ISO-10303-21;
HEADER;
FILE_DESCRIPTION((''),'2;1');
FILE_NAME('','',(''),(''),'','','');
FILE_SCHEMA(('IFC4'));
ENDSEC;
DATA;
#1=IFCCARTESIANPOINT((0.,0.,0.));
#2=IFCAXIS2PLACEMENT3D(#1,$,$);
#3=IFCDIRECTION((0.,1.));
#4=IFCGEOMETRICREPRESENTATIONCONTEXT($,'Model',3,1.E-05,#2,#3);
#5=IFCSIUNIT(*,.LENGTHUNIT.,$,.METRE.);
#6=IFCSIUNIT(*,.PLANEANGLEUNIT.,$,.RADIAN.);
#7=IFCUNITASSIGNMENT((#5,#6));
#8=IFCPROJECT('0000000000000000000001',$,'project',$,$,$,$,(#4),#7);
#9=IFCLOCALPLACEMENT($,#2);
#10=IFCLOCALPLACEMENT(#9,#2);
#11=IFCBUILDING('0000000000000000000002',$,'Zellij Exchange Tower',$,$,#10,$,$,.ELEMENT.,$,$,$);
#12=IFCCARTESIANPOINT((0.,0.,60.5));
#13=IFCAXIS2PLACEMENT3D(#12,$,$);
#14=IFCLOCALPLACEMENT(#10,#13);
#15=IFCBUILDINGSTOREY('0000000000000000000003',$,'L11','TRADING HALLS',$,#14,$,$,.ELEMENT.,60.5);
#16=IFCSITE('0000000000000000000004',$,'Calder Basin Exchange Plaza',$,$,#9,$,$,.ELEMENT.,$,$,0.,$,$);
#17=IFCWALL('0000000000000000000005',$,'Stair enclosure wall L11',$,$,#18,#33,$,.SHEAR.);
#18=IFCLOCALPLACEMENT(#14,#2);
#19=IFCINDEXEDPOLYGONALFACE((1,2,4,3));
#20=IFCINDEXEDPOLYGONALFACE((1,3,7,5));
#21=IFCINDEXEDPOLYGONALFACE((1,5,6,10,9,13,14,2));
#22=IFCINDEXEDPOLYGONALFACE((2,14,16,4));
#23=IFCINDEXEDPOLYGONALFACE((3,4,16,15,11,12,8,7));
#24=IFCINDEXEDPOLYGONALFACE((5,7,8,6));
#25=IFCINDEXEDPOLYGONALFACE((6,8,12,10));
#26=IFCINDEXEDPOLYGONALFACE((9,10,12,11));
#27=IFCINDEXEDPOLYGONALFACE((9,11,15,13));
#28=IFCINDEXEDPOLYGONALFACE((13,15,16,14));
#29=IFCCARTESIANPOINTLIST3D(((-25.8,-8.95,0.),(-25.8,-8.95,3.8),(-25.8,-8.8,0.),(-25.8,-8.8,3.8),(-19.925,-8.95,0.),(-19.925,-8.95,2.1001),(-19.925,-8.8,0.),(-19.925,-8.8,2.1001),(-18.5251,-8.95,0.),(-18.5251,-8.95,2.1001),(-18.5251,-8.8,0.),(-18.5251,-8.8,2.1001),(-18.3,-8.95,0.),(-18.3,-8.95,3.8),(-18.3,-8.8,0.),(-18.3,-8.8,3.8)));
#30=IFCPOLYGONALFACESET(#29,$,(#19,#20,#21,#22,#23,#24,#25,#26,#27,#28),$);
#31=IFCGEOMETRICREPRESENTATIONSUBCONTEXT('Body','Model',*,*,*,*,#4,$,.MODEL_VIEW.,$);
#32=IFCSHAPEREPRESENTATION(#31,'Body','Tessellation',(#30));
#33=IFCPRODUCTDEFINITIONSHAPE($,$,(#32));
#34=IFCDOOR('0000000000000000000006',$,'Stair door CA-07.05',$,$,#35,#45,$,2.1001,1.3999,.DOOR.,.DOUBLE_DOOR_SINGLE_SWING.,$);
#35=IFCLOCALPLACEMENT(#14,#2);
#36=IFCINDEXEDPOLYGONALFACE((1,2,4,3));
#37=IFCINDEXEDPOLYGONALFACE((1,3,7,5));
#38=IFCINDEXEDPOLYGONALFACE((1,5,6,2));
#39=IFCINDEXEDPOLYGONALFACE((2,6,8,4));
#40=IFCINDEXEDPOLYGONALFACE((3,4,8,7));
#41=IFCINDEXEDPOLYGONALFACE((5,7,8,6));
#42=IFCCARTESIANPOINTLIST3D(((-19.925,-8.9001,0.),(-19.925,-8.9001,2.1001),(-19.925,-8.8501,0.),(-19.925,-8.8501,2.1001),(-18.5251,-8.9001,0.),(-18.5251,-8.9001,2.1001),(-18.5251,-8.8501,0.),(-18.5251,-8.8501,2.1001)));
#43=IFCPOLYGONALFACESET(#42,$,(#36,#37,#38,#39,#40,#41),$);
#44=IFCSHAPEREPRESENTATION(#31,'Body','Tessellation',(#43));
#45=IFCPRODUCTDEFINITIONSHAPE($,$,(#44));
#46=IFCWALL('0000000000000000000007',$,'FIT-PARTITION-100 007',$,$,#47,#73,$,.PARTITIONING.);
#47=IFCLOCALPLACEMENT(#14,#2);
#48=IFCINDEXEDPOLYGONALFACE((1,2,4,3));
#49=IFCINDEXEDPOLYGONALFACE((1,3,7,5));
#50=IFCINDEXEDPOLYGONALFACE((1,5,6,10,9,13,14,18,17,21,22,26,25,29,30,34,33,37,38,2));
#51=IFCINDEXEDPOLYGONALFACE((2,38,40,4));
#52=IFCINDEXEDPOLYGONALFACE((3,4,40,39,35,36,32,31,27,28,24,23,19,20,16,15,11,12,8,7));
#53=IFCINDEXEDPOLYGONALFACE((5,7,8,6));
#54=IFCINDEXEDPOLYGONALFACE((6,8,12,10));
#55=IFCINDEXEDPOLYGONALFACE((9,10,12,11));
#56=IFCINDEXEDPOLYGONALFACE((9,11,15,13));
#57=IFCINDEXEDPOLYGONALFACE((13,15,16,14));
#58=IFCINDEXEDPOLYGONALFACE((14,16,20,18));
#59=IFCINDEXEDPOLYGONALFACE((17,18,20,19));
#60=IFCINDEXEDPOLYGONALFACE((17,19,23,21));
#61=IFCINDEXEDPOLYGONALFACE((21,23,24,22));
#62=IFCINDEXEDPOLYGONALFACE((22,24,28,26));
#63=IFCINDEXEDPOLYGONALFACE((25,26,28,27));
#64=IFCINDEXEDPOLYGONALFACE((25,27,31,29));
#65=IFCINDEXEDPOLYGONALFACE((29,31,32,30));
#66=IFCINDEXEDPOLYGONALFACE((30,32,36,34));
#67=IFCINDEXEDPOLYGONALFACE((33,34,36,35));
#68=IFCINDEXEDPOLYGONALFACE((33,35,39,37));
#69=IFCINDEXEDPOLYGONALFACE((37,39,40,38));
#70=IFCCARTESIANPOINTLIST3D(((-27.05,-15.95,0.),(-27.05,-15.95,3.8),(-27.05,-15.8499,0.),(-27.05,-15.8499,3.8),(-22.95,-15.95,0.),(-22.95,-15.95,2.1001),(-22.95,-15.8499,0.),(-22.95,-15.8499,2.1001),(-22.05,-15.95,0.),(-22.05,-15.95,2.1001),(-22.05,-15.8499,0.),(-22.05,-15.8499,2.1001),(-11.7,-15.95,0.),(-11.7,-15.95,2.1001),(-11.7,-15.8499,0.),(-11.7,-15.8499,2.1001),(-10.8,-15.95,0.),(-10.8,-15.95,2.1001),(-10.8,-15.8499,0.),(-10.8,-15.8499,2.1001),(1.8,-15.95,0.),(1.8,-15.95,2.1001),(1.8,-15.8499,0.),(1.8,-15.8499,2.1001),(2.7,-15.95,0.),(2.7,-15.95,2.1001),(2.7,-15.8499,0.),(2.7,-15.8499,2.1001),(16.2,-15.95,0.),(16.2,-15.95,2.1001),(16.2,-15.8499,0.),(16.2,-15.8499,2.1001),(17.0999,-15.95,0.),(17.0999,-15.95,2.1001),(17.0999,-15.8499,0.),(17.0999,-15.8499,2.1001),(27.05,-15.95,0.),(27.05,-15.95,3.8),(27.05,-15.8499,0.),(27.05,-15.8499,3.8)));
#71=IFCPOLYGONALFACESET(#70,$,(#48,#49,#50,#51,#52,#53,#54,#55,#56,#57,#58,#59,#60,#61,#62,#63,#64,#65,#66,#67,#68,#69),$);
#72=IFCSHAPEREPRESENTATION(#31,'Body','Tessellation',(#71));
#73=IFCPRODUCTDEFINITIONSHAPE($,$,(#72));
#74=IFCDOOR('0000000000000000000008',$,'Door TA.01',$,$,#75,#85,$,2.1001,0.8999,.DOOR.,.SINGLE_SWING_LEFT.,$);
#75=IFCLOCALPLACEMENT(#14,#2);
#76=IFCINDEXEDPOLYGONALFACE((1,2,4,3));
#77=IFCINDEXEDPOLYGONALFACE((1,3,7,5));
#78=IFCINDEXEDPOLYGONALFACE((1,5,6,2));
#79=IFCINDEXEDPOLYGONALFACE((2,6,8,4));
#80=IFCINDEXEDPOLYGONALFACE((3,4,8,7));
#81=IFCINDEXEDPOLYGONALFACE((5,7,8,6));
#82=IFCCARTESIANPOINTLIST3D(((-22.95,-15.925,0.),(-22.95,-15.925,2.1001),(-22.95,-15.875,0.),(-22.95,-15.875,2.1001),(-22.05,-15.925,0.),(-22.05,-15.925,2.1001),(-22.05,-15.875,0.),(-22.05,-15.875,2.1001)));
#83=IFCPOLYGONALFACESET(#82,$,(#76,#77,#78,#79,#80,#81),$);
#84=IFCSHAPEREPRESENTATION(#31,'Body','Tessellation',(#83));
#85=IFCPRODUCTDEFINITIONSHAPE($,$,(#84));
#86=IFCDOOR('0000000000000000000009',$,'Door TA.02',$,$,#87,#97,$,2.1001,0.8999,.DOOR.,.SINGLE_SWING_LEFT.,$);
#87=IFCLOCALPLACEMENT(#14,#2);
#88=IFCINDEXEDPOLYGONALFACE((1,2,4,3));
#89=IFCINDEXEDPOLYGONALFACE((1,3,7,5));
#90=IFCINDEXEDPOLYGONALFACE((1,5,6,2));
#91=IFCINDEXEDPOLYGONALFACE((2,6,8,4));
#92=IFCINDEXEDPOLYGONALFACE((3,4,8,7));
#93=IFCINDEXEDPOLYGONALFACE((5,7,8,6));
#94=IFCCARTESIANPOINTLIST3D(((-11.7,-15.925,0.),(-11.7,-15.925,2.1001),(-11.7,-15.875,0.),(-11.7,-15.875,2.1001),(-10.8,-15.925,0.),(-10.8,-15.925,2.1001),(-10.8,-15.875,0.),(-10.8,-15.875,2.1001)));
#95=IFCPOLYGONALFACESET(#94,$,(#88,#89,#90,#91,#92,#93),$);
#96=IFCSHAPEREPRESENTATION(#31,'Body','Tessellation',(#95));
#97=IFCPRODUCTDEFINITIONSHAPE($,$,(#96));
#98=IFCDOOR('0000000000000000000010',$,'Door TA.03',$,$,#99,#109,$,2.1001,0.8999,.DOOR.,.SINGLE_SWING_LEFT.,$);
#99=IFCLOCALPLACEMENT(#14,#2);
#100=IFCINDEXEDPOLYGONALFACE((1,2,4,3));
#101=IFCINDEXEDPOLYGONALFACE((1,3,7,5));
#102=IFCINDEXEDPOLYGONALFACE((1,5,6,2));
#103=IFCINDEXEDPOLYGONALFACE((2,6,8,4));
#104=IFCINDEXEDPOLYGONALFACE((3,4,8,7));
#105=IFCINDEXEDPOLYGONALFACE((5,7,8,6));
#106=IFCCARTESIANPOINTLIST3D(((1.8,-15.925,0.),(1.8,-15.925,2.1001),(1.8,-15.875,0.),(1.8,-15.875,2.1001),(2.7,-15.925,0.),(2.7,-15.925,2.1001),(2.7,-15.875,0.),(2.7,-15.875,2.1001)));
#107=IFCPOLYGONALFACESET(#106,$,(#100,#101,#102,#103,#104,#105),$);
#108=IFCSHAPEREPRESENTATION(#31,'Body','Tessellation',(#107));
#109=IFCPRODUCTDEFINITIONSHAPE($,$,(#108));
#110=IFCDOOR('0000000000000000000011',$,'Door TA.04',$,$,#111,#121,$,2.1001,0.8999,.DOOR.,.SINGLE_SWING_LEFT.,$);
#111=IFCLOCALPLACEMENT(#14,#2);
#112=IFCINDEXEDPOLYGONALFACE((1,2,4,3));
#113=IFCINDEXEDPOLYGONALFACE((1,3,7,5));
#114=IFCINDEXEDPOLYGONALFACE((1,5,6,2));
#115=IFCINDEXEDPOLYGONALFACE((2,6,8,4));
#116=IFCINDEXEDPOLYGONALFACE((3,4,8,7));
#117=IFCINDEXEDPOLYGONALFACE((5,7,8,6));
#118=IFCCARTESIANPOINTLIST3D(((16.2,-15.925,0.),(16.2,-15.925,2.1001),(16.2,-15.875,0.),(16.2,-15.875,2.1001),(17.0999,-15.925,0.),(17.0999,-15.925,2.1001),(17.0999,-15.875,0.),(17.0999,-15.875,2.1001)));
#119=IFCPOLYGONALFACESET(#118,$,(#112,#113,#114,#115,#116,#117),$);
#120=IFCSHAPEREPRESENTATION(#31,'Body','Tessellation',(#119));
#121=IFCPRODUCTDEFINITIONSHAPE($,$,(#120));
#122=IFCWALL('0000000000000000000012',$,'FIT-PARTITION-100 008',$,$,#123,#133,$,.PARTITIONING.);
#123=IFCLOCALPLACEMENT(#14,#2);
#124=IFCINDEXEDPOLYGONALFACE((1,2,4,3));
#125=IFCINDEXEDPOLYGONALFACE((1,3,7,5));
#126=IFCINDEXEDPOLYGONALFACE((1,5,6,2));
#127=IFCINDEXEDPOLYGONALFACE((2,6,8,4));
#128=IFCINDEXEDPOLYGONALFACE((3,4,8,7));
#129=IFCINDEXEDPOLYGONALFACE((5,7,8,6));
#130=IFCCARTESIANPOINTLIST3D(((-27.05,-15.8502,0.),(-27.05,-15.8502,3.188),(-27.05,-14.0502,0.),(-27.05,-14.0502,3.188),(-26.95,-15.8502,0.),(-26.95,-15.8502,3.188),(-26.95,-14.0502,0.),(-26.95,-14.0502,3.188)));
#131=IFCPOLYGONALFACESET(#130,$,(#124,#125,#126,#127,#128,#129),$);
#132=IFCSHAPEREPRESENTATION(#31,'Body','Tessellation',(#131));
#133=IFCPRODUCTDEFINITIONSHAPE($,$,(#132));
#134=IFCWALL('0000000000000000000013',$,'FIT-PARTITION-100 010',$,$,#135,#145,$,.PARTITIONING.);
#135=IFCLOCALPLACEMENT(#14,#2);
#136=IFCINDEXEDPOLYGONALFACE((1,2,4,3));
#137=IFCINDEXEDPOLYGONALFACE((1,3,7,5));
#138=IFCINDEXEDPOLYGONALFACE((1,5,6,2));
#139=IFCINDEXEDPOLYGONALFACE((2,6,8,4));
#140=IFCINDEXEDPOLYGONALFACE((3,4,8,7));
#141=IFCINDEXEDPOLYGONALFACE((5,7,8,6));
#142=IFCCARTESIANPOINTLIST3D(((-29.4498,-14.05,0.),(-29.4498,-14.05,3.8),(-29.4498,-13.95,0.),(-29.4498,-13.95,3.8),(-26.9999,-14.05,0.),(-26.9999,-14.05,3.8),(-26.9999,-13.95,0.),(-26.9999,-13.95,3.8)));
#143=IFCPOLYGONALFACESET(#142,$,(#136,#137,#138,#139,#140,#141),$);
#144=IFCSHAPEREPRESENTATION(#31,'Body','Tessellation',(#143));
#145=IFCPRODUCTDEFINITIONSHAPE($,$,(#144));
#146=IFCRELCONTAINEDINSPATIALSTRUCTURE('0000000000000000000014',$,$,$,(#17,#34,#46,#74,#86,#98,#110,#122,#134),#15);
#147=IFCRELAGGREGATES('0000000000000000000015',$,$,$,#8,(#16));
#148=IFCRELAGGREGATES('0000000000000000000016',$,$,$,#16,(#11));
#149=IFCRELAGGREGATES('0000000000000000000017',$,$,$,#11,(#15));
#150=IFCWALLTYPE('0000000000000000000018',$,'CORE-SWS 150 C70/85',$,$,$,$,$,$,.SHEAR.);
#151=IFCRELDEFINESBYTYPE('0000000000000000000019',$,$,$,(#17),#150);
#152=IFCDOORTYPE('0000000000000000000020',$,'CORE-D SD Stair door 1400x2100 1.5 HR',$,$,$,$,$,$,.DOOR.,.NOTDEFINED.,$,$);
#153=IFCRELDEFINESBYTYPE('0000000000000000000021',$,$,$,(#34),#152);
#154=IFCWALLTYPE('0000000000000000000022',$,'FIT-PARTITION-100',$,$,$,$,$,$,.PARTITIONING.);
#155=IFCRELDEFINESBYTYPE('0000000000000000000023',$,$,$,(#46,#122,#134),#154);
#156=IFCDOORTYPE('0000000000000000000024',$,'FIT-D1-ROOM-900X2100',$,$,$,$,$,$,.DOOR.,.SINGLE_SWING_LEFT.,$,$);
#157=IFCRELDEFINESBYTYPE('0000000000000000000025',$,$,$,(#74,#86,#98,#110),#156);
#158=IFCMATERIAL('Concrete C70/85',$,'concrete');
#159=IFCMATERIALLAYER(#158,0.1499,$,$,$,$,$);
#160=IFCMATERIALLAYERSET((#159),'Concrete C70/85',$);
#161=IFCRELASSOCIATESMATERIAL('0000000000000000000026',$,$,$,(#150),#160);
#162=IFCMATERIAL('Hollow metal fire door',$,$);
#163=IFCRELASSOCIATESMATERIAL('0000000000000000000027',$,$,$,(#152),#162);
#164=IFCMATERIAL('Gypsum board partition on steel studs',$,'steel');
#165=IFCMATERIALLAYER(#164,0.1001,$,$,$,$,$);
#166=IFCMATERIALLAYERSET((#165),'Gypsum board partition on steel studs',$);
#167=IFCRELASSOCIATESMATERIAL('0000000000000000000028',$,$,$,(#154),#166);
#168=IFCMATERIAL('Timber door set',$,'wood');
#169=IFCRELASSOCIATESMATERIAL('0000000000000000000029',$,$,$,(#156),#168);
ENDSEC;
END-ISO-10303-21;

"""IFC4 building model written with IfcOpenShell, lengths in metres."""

from ifc_helpers import new_model, si_unit, direction, frame, frame_2d, origin, place, context, subcontext, project, spatial, rectangle, extrude, material, layer, layer_set, type_object, element, fill, save


model = new_model("IFC4")

# Units and contexts
model_context = context("Model", 3, precision=1e-05, world=origin(), true_north=direction((0.0, 1.0)))
body_context = subcontext(model_context, "Body", "Model", "MODEL_VIEW")
ifc_project = project(units=[si_unit("LENGTHUNIT", "METRE"), si_unit("PLANEANGLEUNIT", "RADIAN")], contexts=[model_context])

# Site, building, storey
site_placement = place(None, origin())
site = spatial("IfcSite", under=ifc_project, at=site_placement, Name="Calder Basin Exchange Plaza", CompositionType="ELEMENT", RefElevation=0.0)
building_placement = place(site_placement, origin())
building = spatial("IfcBuilding", under=site, at=building_placement, Name="Zellij Exchange Tower", CompositionType="ELEMENT")
storey_placement = place(building_placement, frame((0.0, 0.0, 60.5)))
storey = spatial("IfcBuildingStorey", under=building, at=storey_placement, Name="L11", Description="TRADING HALLS", CompositionType="ELEMENT", Elevation=60.5)

# Shared definitions
ifc_material_1 = material(Name="Concrete C70/85", Category="concrete")

# Shared definitions
ifc_material_2 = material(Name="Hollow metal fire door")

# Wall, opening, door
ifc_layer_1 = layer(ifc_material_1, 0.1499)
ifc_layer_set_1 = layer_set([ifc_layer_1], Name="Concrete C70/85")
wall_type_1 = type_object("IfcWallType", Name="CORE-SWS 150 C70/85", PredefinedType="SHEAR", material=ifc_layer_set_1)
wall_1_placement = place(storey_placement, frame((-25.8, -8.875, 0.0), z_axis=(0.0, 0.0, 1.0), x_axis=(1.0, 0.0, 0.0)))
wall_1 = element("IfcWall", 1, at=wall_1_placement, inside=storey, type_object=wall_type_1, Name="Stair enclosure wall L11", PredefinedType="SHEAR", context=body_context, shape_type="SweptSolid", body=[
    extrude(rectangle(XDim=7.5, YDim=0.1499, at=frame_2d((3.75, 0.0))), origin(), (0.0, 0.0, 1.0), 3.8),
])
opening_1_placement = place(wall_1_placement, frame((5.875, 0.0, 0.0)))
opening_1 = element("IfcOpeningElement", 2, at=opening_1_placement, cuts=wall_1, PredefinedType="OPENING", context=body_context, shape_type="SweptSolid", body=[
    extrude(rectangle(XDim=1.3999, YDim=2.1001, at=frame_2d((0.7, 1.05))), frame((0.0, 0.0869, 0.0), z_axis=(0.0, -1.0, 0.0), x_axis=(1.0, 0.0, 0.0)), (0.0, 0.0, 1.0), 0.1738),
])
door_type_1 = type_object("IfcDoorType", Name="CORE-D SD Stair door 1400x2100 1.5 HR", OperationType="NOTDEFINED", PredefinedType="DOOR", material=ifc_material_2)
door_1_placement = place(opening_1_placement, origin())
door_1 = element("IfcDoor", 3, at=door_1_placement, inside=storey, type_object=door_type_1, Name="Stair door CA-07.05", OperationType="DOUBLE_DOOR_SINGLE_SWING", OverallHeight=2.1001, OverallWidth=1.3999, PredefinedType="DOOR", context=body_context, shape_type="SweptSolid", body=[
    extrude(rectangle(XDim=1.3999, YDim=2.1001, at=frame_2d((0.7, 1.05))), frame((0.0, 0.0249, 0.0), z_axis=(0.0, -1.0, 0.0), x_axis=(1.0, 0.0, 0.0)), (0.0, 0.0, 1.0), 0.05),
])
fill(opening_1, door_1)

# Wall, openings, doors
ifc_material_3 = material(Name="Gypsum board partition on steel studs", Category="steel")
ifc_layer_2 = layer(ifc_material_3, 0.1001)
ifc_layer_set_2 = layer_set([ifc_layer_2], Name="Gypsum board partition on steel studs")
wall_type_2 = type_object("IfcWallType", Name="FIT-PARTITION-100", PredefinedType="PARTITIONING", material=ifc_layer_set_2)
wall_2_placement = place(storey_placement, frame((-27.05, -15.8999, 0.0), z_axis=(0.0, 0.0, 1.0), x_axis=(1.0, 0.0, 0.0)))
wall_2 = element("IfcWall", 4, at=wall_2_placement, inside=storey, type_object=wall_type_2, Name="FIT-PARTITION-100 007", PredefinedType="PARTITIONING", context=body_context, shape_type="SweptSolid", body=[
    extrude(rectangle(XDim=54.1001, YDim=0.1001, at=frame_2d((27.05, 0.0))), origin(), (0.0, 0.0, 1.0), 3.8),
])
opening_2_placement = place(wall_2_placement, frame((4.1001, 0.0, 0.0)))
opening_2 = element("IfcOpeningElement", 5, at=opening_2_placement, cuts=wall_2, PredefinedType="OPENING", context=body_context, shape_type="SweptSolid", body=[
    extrude(rectangle(XDim=0.8999, YDim=2.1001, at=frame_2d((0.45, 1.05))), frame((0.0, 0.062, 0.0), z_axis=(0.0, -1.0, 0.0), x_axis=(1.0, 0.0, 0.0)), (0.0, 0.0, 1.0), 0.124),
])
opening_3_placement = place(wall_2_placement, frame((15.3501, 0.0, 0.0)))
opening_3 = element("IfcOpeningElement", 6, at=opening_3_placement, cuts=wall_2, PredefinedType="OPENING", context=body_context, shape_type="SweptSolid", body=[
    extrude(rectangle(XDim=0.8999, YDim=2.1001, at=frame_2d((0.45, 1.05))), frame((0.0, 0.062, 0.0), z_axis=(0.0, -1.0, 0.0), x_axis=(1.0, 0.0, 0.0)), (0.0, 0.0, 1.0), 0.124),
])
opening_4_placement = place(wall_2_placement, frame((28.8501, 0.0, 0.0)))
opening_4 = element("IfcOpeningElement", 7, at=opening_4_placement, cuts=wall_2, PredefinedType="OPENING", context=body_context, shape_type="SweptSolid", body=[
    extrude(rectangle(XDim=0.8999, YDim=2.1001, at=frame_2d((0.45, 1.05))), frame((0.0, 0.062, 0.0), z_axis=(0.0, -1.0, 0.0), x_axis=(1.0, 0.0, 0.0)), (0.0, 0.0, 1.0), 0.124),
])
opening_5_placement = place(wall_2_placement, frame((43.25, 0.0, 0.0)))
opening_5 = element("IfcOpeningElement", 8, at=opening_5_placement, cuts=wall_2, PredefinedType="OPENING", context=body_context, shape_type="SweptSolid", body=[
    extrude(rectangle(XDim=0.8999, YDim=2.1001, at=frame_2d((0.45, 1.05))), frame((0.0, 0.062, 0.0), z_axis=(0.0, -1.0, 0.0), x_axis=(1.0, 0.0, 0.0)), (0.0, 0.0, 1.0), 0.124),
])
ifc_material_4 = material(Name="Timber door set", Category="wood")
door_type_2 = type_object("IfcDoorType", Name="FIT-D1-ROOM-900X2100", OperationType="SINGLE_SWING_LEFT", PredefinedType="DOOR", material=ifc_material_4)
door_2_placement = place(opening_2_placement, origin())
door_2 = element("IfcDoor", 9, at=door_2_placement, inside=storey, type_object=door_type_2, Name="Door TA.01", OperationType="SINGLE_SWING_LEFT", OverallHeight=2.1001, OverallWidth=0.8999, PredefinedType="DOOR", context=body_context, shape_type="SweptSolid", body=[
    extrude(rectangle(XDim=0.8999, YDim=2.1001, at=frame_2d((0.45, 1.05))), frame((0.0, 0.0249, 0.0), z_axis=(0.0, -1.0, 0.0), x_axis=(1.0, 0.0, 0.0)), (0.0, 0.0, 1.0), 0.05),
])
fill(opening_2, door_2)
door_3_placement = place(opening_3_placement, origin())
door_3 = element("IfcDoor", 10, at=door_3_placement, inside=storey, type_object=door_type_2, Name="Door TA.02", OperationType="SINGLE_SWING_LEFT", OverallHeight=2.1001, OverallWidth=0.8999, PredefinedType="DOOR", context=body_context, shape_type="SweptSolid", body=[
    extrude(rectangle(XDim=0.8999, YDim=2.1001, at=frame_2d((0.45, 1.05))), frame((0.0, 0.0249, 0.0), z_axis=(0.0, -1.0, 0.0), x_axis=(1.0, 0.0, 0.0)), (0.0, 0.0, 1.0), 0.05),
])
fill(opening_3, door_3)
door_4_placement = place(opening_4_placement, origin())
door_4 = element("IfcDoor", 11, at=door_4_placement, inside=storey, type_object=door_type_2, Name="Door TA.03", OperationType="SINGLE_SWING_LEFT", OverallHeight=2.1001, OverallWidth=0.8999, PredefinedType="DOOR", context=body_context, shape_type="SweptSolid", body=[
    extrude(rectangle(XDim=0.8999, YDim=2.1001, at=frame_2d((0.45, 1.05))), frame((0.0, 0.0249, 0.0), z_axis=(0.0, -1.0, 0.0), x_axis=(1.0, 0.0, 0.0)), (0.0, 0.0, 1.0), 0.05),
])
fill(opening_4, door_4)
door_5_placement = place(opening_5_placement, origin())
door_5 = element("IfcDoor", 12, at=door_5_placement, inside=storey, type_object=door_type_2, Name="Door TA.04", OperationType="SINGLE_SWING_LEFT", OverallHeight=2.1001, OverallWidth=0.8999, PredefinedType="DOOR", context=body_context, shape_type="SweptSolid", body=[
    extrude(rectangle(XDim=0.8999, YDim=2.1001, at=frame_2d((0.45, 1.05))), frame((0.0, 0.0249, 0.0), z_axis=(0.0, -1.0, 0.0), x_axis=(1.0, 0.0, 0.0)), (0.0, 0.0, 1.0), 0.05),
])
fill(opening_5, door_5)

# Walls
wall_3_placement = place(storey_placement, frame((-27.0, -15.8501, 0.0), z_axis=(0.0, 0.0, 1.0), x_axis=(0.0, 1.0, 0.0)))
element("IfcWall", 13, at=wall_3_placement, inside=storey, type_object=wall_type_2, Name="FIT-PARTITION-100 008", PredefinedType="PARTITIONING", context=body_context, shape_type="SweptSolid", body=[
    extrude(rectangle(XDim=1.8, YDim=0.1001, at=frame_2d((0.8999, 0.0))), origin(), (0.0, 0.0, 1.0), 3.188),
])
wall_4_placement = place(storey_placement, frame((-29.45, -14.0, 0.0), z_axis=(0.0, 0.0, 1.0), x_axis=(1.0, 0.0, 0.0)))
element("IfcWall", 14, at=wall_4_placement, inside=storey, type_object=wall_type_2, Name="FIT-PARTITION-100 010", PredefinedType="PARTITIONING", context=body_context, shape_type="SweptSolid", body=[
    extrude(rectangle(XDim=2.45, YDim=0.1001, at=frame_2d((1.2251, 0.0))), origin(), (0.0, 0.0, 1.0), 3.8),
])

save(model, "model.ifc")
